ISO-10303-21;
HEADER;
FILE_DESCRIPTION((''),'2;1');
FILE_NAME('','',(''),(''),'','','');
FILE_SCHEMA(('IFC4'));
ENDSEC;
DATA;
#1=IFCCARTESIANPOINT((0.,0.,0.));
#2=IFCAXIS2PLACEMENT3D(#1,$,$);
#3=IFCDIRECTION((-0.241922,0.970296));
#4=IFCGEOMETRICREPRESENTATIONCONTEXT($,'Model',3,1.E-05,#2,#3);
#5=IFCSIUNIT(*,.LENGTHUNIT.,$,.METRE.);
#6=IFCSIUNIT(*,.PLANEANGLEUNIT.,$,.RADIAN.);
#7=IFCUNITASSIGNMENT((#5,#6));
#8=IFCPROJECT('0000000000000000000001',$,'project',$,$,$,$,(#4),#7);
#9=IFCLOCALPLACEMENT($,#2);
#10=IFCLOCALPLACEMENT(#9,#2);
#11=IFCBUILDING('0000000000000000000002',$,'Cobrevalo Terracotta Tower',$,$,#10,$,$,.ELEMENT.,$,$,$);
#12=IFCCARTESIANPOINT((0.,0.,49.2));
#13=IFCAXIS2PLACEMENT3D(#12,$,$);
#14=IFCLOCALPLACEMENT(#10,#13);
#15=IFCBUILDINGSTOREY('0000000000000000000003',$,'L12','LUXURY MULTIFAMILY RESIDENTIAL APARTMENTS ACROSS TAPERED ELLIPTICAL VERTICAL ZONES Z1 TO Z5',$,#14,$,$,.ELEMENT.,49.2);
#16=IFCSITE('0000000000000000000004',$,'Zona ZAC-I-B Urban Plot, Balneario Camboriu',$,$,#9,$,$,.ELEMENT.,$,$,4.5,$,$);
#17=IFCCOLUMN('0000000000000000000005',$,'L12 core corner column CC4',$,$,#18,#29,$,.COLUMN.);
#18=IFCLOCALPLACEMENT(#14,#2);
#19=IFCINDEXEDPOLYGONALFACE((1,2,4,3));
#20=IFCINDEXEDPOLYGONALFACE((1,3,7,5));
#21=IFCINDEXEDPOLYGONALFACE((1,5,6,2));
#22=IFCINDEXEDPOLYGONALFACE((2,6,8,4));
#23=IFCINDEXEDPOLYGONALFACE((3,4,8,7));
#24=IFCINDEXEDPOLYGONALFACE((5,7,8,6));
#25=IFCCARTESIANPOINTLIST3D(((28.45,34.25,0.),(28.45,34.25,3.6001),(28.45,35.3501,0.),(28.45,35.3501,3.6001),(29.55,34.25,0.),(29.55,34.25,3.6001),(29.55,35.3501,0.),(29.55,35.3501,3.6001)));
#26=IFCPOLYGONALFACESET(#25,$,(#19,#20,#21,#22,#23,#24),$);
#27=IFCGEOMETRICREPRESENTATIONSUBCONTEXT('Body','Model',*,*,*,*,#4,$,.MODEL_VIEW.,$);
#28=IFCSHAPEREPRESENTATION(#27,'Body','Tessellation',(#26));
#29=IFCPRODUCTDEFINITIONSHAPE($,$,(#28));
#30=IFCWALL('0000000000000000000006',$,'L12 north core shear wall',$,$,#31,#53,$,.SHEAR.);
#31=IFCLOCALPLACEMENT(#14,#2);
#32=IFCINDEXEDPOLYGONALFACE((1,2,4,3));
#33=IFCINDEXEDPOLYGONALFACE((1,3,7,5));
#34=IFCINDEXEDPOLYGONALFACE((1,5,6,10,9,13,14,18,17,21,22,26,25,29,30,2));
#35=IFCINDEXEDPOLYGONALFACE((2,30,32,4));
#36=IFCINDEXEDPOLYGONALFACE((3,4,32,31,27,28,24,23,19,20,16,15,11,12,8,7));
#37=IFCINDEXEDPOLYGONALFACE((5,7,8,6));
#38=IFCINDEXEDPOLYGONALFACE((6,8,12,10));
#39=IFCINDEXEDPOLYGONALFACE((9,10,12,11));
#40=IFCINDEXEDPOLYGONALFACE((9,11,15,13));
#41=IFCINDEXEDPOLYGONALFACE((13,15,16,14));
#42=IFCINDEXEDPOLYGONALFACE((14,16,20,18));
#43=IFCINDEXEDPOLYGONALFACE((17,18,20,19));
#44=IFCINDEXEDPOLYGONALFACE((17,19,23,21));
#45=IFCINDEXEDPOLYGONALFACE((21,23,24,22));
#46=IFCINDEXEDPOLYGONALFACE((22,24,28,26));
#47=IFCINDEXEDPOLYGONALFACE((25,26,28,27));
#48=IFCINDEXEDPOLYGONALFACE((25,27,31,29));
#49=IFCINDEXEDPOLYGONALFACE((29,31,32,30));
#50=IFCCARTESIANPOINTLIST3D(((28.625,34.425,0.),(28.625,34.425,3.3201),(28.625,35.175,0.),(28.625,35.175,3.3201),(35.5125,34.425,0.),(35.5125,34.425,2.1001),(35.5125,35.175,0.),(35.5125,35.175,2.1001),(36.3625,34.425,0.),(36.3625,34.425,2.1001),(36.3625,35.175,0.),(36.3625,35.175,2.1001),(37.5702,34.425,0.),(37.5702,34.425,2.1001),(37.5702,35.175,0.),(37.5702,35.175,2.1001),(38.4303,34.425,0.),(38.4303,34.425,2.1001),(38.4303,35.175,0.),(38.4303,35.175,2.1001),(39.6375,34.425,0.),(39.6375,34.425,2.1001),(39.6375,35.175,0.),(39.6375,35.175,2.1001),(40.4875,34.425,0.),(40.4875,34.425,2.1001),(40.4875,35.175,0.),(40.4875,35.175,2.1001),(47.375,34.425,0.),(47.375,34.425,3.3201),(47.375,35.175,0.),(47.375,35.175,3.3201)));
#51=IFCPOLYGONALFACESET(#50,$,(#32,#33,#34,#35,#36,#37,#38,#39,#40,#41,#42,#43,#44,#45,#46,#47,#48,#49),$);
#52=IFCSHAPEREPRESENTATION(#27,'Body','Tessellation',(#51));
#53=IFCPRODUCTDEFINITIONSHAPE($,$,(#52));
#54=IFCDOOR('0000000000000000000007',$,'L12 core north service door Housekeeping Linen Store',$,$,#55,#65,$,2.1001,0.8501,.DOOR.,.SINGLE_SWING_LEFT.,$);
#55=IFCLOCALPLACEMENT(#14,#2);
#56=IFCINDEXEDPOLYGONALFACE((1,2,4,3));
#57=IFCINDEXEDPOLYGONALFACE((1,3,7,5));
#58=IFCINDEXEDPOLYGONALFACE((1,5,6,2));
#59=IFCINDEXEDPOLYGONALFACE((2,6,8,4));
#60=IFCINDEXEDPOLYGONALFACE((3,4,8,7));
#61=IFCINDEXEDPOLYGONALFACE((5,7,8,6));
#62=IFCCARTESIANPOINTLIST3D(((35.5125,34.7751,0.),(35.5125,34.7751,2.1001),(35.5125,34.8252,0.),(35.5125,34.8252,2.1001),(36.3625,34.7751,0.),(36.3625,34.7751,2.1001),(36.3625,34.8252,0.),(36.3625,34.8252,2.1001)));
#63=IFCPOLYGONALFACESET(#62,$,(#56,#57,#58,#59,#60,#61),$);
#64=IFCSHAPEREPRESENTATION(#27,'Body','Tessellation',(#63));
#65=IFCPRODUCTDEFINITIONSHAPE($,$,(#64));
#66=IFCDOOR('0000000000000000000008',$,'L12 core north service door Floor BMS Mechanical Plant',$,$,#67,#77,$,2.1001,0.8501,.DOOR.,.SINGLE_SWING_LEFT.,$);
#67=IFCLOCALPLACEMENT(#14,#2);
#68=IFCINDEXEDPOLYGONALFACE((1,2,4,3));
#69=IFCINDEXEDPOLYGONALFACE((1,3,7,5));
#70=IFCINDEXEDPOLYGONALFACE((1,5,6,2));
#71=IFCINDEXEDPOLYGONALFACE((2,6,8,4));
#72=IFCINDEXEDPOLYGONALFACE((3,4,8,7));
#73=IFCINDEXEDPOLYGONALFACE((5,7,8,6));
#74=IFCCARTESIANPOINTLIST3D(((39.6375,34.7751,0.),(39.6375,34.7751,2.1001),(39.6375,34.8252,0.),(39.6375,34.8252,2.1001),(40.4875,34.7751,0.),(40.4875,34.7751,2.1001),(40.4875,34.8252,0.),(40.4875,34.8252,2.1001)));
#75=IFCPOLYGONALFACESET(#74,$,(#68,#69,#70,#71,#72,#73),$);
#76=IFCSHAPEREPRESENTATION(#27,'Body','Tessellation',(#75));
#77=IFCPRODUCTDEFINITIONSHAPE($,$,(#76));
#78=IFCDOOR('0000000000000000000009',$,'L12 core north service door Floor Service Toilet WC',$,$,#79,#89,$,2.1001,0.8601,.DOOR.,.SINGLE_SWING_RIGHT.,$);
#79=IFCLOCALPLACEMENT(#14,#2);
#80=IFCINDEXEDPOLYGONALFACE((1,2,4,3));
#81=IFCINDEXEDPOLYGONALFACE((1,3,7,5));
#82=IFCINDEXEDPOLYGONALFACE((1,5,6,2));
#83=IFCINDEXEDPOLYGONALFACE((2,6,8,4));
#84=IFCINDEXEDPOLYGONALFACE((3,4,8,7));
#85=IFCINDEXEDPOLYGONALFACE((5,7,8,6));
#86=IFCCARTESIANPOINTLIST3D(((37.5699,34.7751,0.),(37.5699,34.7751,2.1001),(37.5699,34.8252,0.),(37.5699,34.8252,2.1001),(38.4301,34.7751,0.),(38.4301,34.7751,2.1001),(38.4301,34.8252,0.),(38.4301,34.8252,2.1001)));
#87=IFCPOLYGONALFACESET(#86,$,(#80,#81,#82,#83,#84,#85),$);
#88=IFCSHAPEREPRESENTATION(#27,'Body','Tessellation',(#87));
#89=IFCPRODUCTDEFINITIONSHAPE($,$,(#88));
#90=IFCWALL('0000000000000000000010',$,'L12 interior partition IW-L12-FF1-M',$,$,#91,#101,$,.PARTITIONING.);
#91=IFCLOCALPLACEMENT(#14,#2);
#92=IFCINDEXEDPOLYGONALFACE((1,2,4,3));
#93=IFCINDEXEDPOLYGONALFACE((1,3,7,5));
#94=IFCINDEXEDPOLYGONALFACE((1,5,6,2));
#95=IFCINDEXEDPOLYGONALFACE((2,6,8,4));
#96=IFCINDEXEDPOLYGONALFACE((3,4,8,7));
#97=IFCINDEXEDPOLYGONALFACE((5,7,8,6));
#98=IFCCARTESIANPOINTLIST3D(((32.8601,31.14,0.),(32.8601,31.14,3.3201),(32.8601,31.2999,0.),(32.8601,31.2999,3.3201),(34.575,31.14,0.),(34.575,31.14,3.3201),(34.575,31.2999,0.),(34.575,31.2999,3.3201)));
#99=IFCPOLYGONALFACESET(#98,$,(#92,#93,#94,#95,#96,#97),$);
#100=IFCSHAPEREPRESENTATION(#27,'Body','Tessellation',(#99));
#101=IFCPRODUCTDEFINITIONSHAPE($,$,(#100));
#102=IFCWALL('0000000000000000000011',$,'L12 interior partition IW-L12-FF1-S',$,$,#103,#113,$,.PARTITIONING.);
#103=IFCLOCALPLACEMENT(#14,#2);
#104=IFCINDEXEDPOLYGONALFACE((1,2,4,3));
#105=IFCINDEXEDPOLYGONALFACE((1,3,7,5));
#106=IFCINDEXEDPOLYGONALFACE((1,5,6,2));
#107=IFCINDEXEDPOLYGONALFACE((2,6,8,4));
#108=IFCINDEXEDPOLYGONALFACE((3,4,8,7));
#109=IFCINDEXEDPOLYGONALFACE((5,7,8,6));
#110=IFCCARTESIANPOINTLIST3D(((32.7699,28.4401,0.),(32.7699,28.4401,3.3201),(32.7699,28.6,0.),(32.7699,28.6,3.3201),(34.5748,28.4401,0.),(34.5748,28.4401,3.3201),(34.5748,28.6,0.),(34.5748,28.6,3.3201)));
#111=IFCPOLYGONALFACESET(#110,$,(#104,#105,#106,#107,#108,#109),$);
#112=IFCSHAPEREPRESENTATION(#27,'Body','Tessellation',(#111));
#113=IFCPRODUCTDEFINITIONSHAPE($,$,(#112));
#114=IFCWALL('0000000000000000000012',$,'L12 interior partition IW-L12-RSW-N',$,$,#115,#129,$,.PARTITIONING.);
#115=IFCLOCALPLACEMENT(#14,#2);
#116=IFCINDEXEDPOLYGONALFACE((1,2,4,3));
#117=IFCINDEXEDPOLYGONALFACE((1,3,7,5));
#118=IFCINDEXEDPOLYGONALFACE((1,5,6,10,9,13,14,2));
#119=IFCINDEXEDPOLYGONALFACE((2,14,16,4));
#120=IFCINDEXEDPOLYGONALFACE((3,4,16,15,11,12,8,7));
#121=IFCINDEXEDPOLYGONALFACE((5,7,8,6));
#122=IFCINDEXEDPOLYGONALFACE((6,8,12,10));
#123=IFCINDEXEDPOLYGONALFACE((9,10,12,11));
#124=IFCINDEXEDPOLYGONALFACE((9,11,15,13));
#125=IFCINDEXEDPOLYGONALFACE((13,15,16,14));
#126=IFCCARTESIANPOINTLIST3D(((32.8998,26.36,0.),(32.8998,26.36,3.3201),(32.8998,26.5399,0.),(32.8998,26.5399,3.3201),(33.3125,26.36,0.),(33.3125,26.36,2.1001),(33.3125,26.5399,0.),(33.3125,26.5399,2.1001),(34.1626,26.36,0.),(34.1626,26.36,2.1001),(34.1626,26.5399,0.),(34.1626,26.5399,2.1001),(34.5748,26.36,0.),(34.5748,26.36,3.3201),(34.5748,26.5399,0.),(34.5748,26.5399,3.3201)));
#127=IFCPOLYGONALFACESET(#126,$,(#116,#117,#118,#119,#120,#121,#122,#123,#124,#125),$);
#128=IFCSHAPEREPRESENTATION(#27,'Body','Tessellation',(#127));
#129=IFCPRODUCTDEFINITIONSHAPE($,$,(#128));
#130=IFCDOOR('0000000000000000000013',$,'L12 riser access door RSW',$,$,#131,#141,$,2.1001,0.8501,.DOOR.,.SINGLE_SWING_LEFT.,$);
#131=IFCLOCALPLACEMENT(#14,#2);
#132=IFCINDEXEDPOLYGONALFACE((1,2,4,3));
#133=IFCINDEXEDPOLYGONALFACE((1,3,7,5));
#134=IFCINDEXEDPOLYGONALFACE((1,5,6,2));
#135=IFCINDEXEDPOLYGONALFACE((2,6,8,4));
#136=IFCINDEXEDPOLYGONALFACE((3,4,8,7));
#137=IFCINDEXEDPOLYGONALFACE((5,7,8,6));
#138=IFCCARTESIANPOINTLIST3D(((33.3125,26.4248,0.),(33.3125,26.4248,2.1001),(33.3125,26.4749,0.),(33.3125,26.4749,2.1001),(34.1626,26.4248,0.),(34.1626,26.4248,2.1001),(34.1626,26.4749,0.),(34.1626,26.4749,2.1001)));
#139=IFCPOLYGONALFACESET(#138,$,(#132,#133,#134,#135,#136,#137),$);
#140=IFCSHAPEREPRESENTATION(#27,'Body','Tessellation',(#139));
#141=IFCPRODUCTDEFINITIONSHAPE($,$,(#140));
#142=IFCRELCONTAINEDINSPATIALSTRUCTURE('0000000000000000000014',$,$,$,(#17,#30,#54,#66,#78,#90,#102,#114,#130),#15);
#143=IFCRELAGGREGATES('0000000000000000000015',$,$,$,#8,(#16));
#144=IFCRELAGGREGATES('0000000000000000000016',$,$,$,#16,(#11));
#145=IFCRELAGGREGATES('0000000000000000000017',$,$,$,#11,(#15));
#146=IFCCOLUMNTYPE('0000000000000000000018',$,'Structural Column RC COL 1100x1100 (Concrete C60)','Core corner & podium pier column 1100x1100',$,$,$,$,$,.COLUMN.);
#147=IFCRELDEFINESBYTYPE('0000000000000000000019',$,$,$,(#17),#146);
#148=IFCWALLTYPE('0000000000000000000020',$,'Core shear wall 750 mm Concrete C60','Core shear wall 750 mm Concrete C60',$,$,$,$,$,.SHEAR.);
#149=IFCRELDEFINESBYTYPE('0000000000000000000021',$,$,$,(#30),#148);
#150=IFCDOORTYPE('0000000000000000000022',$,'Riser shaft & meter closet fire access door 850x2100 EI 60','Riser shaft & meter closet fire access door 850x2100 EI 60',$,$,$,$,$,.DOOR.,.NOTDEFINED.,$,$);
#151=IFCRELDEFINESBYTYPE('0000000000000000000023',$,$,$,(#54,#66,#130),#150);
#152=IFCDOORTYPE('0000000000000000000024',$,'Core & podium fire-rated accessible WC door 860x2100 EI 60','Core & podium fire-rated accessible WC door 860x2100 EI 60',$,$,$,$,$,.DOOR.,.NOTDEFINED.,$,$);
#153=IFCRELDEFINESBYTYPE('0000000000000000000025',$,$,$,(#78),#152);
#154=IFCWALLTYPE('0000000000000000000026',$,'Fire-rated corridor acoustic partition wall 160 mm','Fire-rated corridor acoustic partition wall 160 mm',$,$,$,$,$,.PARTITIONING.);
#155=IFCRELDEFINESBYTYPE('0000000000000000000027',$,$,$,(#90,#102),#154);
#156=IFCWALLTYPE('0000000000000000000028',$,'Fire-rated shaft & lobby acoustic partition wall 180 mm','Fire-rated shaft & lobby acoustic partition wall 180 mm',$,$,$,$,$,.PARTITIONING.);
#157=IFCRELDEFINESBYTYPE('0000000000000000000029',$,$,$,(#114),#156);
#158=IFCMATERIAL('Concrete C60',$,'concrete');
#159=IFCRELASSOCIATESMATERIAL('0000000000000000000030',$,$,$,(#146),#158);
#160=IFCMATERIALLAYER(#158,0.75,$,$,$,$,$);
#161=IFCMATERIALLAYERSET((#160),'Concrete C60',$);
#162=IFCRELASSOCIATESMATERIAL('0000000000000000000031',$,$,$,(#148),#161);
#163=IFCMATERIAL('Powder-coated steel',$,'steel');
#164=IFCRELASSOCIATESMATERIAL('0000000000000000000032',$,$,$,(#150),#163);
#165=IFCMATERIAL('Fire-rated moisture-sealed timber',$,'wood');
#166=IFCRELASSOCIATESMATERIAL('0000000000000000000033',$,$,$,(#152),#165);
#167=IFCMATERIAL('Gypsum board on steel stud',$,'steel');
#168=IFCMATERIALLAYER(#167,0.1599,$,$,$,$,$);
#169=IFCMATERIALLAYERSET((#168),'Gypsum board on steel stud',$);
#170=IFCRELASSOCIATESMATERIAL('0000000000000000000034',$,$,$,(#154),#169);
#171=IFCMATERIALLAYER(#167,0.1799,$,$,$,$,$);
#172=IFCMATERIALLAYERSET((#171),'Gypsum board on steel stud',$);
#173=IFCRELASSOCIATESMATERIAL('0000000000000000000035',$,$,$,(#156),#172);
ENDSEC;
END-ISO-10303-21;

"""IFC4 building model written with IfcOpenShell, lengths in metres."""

from ifc_helpers import new_model, si_unit, direction, frame, frame_2d, origin, origin_2d, place, context, subcontext, project, spatial, rectangle, extrude, source, transform, mapped, material, layer, layer_set, material_profile, profile_set, type_object, element, fill, save


model = new_model("IFC4")

# Units and contexts
model_context = context("Model", 3, precision=1e-05, world=origin(), true_north=direction((-0.241922, 0.970296)))
body_context = subcontext(model_context, "Body", "Model", "MODEL_VIEW")
ifc_project = project(units=[si_unit("LENGTHUNIT", "METRE"), si_unit("PLANEANGLEUNIT", "RADIAN")], contexts=[model_context])

# Site, building, storey
site_placement = place(None, origin())
site = spatial("IfcSite", under=ifc_project, at=site_placement, Name="Zona ZAC-I-B Urban Plot, Balneario Camboriu", CompositionType="ELEMENT", RefElevation=4.5)
building_placement = place(site_placement, origin())
building = spatial("IfcBuilding", under=site, at=building_placement, Name="Cobrevalo Terracotta Tower", CompositionType="ELEMENT")
storey_placement = place(building_placement, frame((0.0, 0.0, 49.2)))
storey = spatial("IfcBuildingStorey", under=building, at=storey_placement, Name="L12", Description="LUXURY MULTIFAMILY RESIDENTIAL APARTMENTS ACROSS TAPERED ELLIPTICAL VERTICAL ZONES Z1 TO Z5", CompositionType="ELEMENT", Elevation=49.2)

# Column
ifc_material_1 = material(Name="Concrete C60", Category="concrete")
ifc_material_profile = material_profile(ifc_material_1, rectangle(XDim=1.1001, YDim=1.1001, at=origin_2d()), Name="RC COL 1100x1100")
ifc_profile_set = profile_set([ifc_material_profile], Name="Concrete C60")
column_type = type_object("IfcColumnType", Name="Structural Column RC COL 1100x1100 (Concrete C60)", Description="Core corner & podium pier column 1100x1100", PredefinedType="COLUMN", material=ifc_profile_set)
column_placement = place(storey_placement, frame((29.0, 34.8, 0.0), z_axis=(0.0, 0.0, 1.0), x_axis=(1.0, 0.0, 0.0)))
element("IfcColumn", 1, at=column_placement, inside=storey, type_object=column_type, Name="L12 core corner column CC4", PredefinedType="COLUMN", context=body_context, shape_type="SweptSolid", body=[
    extrude(rectangle(XDim=1.1001, YDim=1.1001, at=origin_2d()), origin(), (0.0, 0.0, 1.0), 3.6001),
])

# Wall, openings, doors
ifc_layer_1 = layer(ifc_material_1, 0.75)
ifc_layer_set_1 = layer_set([ifc_layer_1], Name="Concrete C60")
wall_type_1 = type_object("IfcWallType", Name="Core shear wall 750 mm Concrete C60", Description="Core shear wall 750 mm Concrete C60", PredefinedType="SHEAR", material=ifc_layer_set_1)
wall_1_placement = place(storey_placement, frame((28.625, 34.8, 0.0), z_axis=(0.0, 0.0, 1.0), x_axis=(1.0, 0.0, 0.0)))
wall_1 = element("IfcWall", 2, at=wall_1_placement, inside=storey, type_object=wall_type_1, Name="L12 north core shear wall", PredefinedType="SHEAR", context=body_context, shape_type="SweptSolid", body=[
    extrude(rectangle(XDim=18.75, YDim=0.75, at=frame_2d((9.375, 0.0))), origin(), (0.0, 0.0, 1.0), 3.3201),
])
opening_1_placement = place(wall_1_placement, frame((6.8875, 0.0, 0.0)))
opening_1 = element("IfcOpeningElement", 3, at=opening_1_placement, cuts=wall_1, PredefinedType="OPENING", context=body_context, shape_type="SweptSolid", body=[
    extrude(rectangle(XDim=0.8501, YDim=2.1001, at=frame_2d((0.425, 1.05))), frame((0.0, 0.385, 0.0), z_axis=(0.0, -1.0, 0.0), x_axis=(1.0, 0.0, 0.0)), (0.0, 0.0, 1.0), 0.77),
])
opening_2_placement = place(wall_1_placement, frame((8.9451, 0.0, 0.0)))
opening_2 = element("IfcOpeningElement", 4, at=opening_2_placement, cuts=wall_1, PredefinedType="OPENING", context=body_context, shape_type="SweptSolid", body=[
    extrude(rectangle(XDim=0.8601, YDim=2.1001, at=frame_2d((0.4302, 1.05))), frame((0.0, 0.385, 0.0), z_axis=(0.0, -1.0, 0.0), x_axis=(1.0, 0.0, 0.0)), (0.0, 0.0, 1.0), 0.77),
])
opening_3_placement = place(wall_1_placement, frame((11.0125, 0.0, 0.0)))
opening_3 = element("IfcOpeningElement", 5, at=opening_3_placement, cuts=wall_1, PredefinedType="OPENING", context=body_context, shape_type="SweptSolid", body=[
    extrude(rectangle(XDim=0.8501, YDim=2.1001, at=frame_2d((0.425, 1.05))), frame((0.0, 0.385, 0.0), z_axis=(0.0, -1.0, 0.0), x_axis=(1.0, 0.0, 0.0)), (0.0, 0.0, 1.0), 0.77),
])
ifc_material_2 = material(Name="Powder-coated steel", Category="steel")
door_type_1 = type_object("IfcDoorType", Name="Riser shaft & meter closet fire access door 850x2100 EI 60", Description="Riser shaft & meter closet fire access door 850x2100 EI 60", OperationType="NOTDEFINED", PredefinedType="DOOR", material=ifc_material_2)
shared_shape_1 = source(origin(), body_context, "Body", "SweptSolid", [
    extrude(rectangle(XDim=0.8501, YDim=2.1001, at=frame_2d((0.425, 1.05))), frame((0.0, 0.0249, 0.0), z_axis=(0.0, -1.0, 0.0), x_axis=(1.0, 0.0, 0.0)), (0.0, 0.0, 1.0), 0.05),
])
door_1_placement = place(opening_1_placement, frame((0.8501, 0.0, 0.0), z_axis=(0.0, 0.0, 1.0), x_axis=(-1.0, 0.0, 0.0)))
door_1 = element("IfcDoor", 6, at=door_1_placement, inside=storey, type_object=door_type_1, Name="L12 core north service door Housekeeping Linen Store", OperationType="SINGLE_SWING_LEFT", OverallHeight=2.1001, OverallWidth=0.8501, PredefinedType="DOOR", context=body_context, shape_type="MappedRepresentation", body=[
    mapped(shared_shape_1, transform((0.0, 0.0, 0.0), scale=1.0)),
])
fill(opening_1, door_1)
door_2_placement = place(opening_3_placement, frame((0.8501, 0.0, 0.0), z_axis=(0.0, 0.0, 1.0), x_axis=(-1.0, 0.0, 0.0)))
door_2 = element("IfcDoor", 7, at=door_2_placement, inside=storey, type_object=door_type_1, Name="L12 core north service door Floor BMS Mechanical Plant", OperationType="SINGLE_SWING_LEFT", OverallHeight=2.1001, OverallWidth=0.8501, PredefinedType="DOOR", context=body_context, shape_type="MappedRepresentation", body=[
    mapped(shared_shape_1, transform((0.0, 0.0, 0.0), scale=1.0)),
])
fill(opening_3, door_2)
ifc_material_3 = material(Name="Fire-rated moisture-sealed timber", Category="wood")
door_type_2 = type_object("IfcDoorType", Name="Core & podium fire-rated accessible WC door 860x2100 EI 60", Description="Core & podium fire-rated accessible WC door 860x2100 EI 60", OperationType="NOTDEFINED", PredefinedType="DOOR", material=ifc_material_3)
shared_shape_2 = source(origin(), body_context, "Body", "SweptSolid", [
    extrude(rectangle(XDim=0.8601, YDim=2.1001, at=frame_2d((0.4302, 1.05))), frame((0.0, 0.0249, 0.0), z_axis=(0.0, -1.0, 0.0), x_axis=(1.0, 0.0, 0.0)), (0.0, 0.0, 1.0), 0.05),
])
door_3_placement = place(opening_2_placement, frame((0.8601, 0.0, 0.0), z_axis=(0.0, 0.0, 1.0), x_axis=(-1.0, 0.0, 0.0)))
door_3 = element("IfcDoor", 8, at=door_3_placement, inside=storey, type_object=door_type_2, Name="L12 core north service door Floor Service Toilet WC", OperationType="SINGLE_SWING_RIGHT", OverallHeight=2.1001, OverallWidth=0.8601, PredefinedType="DOOR", context=body_context, shape_type="MappedRepresentation", body=[
    mapped(shared_shape_2, transform((0.0, 0.0, 0.0), scale=1.0)),
])
fill(opening_2, door_3)

# Walls
ifc_material_4 = material(Name="Gypsum board on steel stud", Category="steel")
ifc_layer_2 = layer(ifc_material_4, 0.1599)
ifc_layer_set_2 = layer_set([ifc_layer_2], Name="Gypsum board on steel stud")
wall_type_2 = type_object("IfcWallType", Name="Fire-rated corridor acoustic partition wall 160 mm", Description="Fire-rated corridor acoustic partition wall 160 mm", PredefinedType="PARTITIONING", material=ifc_layer_set_2)
wall_2_placement = place(storey_placement, frame((32.8601, 31.22, 0.0), z_axis=(0.0, 0.0, 1.0), x_axis=(1.0, 0.0, 0.0)))
element("IfcWall", 9, at=wall_2_placement, inside=storey, type_object=wall_type_2, Name="L12 interior partition IW-L12-FF1-M", PredefinedType="PARTITIONING", context=body_context, shape_type="SweptSolid", body=[
    extrude(rectangle(XDim=1.7148, YDim=0.1599, at=frame_2d((0.8574, 0.0))), origin(), (0.0, 0.0, 1.0), 3.3201),
])
wall_3_placement = place(storey_placement, frame((32.77, 28.52, 0.0), z_axis=(0.0, 0.0, 1.0), x_axis=(1.0, 0.0, 0.0)))
element("IfcWall", 10, at=wall_3_placement, inside=storey, type_object=wall_type_2, Name="L12 interior partition IW-L12-FF1-S", PredefinedType="PARTITIONING", context=body_context, shape_type="SweptSolid", body=[
    extrude(rectangle(XDim=1.8049, YDim=0.1599, at=frame_2d((0.9023, 0.0))), origin(), (0.0, 0.0, 1.0), 3.3201),
])

# Wall, opening, door
ifc_layer_3 = layer(ifc_material_4, 0.1799)
ifc_layer_set_3 = layer_set([ifc_layer_3], Name="Gypsum board on steel stud")
wall_type_3 = type_object("IfcWallType", Name="Fire-rated shaft & lobby acoustic partition wall 180 mm", Description="Fire-rated shaft & lobby acoustic partition wall 180 mm", PredefinedType="PARTITIONING", material=ifc_layer_set_3)
wall_4_placement = place(storey_placement, frame((32.8999, 26.45, 0.0), z_axis=(0.0, 0.0, 1.0), x_axis=(1.0, 0.0, 0.0)))
wall_4 = element("IfcWall", 11, at=wall_4_placement, inside=storey, type_object=wall_type_3, Name="L12 interior partition IW-L12-RSW-N", PredefinedType="PARTITIONING", context=body_context, shape_type="SweptSolid", body=[
    extrude(rectangle(XDim=1.675, YDim=0.1799, at=frame_2d((0.8374, 0.0))), origin(), (0.0, 0.0, 1.0), 3.3201),
])
opening_4_placement = place(wall_4_placement, frame((0.4126, 0.0, 0.0)))
opening_4 = element("IfcOpeningElement", 12, at=opening_4_placement, cuts=wall_4, PredefinedType="OPENING", context=body_context, shape_type="SweptSolid", body=[
    extrude(rectangle(XDim=0.8501, YDim=2.1001, at=frame_2d((0.425, 1.05))), frame((0.0, 0.1001, 0.0), z_axis=(0.0, -1.0, 0.0), x_axis=(1.0, 0.0, 0.0)), (0.0, 0.0, 1.0), 0.2),
])
door_4_placement = place(opening_4_placement, origin())
door_4 = element("IfcDoor", 13, at=door_4_placement, inside=storey, type_object=door_type_1, Name="L12 riser access door RSW", OperationType="SINGLE_SWING_LEFT", OverallHeight=2.1001, OverallWidth=0.8501, PredefinedType="DOOR", context=body_context, shape_type="MappedRepresentation", body=[
    mapped(shared_shape_1, transform((0.0, 0.0, 0.0), scale=1.0)),
])
fill(opening_4, door_4)

save(model, "model.ifc")
